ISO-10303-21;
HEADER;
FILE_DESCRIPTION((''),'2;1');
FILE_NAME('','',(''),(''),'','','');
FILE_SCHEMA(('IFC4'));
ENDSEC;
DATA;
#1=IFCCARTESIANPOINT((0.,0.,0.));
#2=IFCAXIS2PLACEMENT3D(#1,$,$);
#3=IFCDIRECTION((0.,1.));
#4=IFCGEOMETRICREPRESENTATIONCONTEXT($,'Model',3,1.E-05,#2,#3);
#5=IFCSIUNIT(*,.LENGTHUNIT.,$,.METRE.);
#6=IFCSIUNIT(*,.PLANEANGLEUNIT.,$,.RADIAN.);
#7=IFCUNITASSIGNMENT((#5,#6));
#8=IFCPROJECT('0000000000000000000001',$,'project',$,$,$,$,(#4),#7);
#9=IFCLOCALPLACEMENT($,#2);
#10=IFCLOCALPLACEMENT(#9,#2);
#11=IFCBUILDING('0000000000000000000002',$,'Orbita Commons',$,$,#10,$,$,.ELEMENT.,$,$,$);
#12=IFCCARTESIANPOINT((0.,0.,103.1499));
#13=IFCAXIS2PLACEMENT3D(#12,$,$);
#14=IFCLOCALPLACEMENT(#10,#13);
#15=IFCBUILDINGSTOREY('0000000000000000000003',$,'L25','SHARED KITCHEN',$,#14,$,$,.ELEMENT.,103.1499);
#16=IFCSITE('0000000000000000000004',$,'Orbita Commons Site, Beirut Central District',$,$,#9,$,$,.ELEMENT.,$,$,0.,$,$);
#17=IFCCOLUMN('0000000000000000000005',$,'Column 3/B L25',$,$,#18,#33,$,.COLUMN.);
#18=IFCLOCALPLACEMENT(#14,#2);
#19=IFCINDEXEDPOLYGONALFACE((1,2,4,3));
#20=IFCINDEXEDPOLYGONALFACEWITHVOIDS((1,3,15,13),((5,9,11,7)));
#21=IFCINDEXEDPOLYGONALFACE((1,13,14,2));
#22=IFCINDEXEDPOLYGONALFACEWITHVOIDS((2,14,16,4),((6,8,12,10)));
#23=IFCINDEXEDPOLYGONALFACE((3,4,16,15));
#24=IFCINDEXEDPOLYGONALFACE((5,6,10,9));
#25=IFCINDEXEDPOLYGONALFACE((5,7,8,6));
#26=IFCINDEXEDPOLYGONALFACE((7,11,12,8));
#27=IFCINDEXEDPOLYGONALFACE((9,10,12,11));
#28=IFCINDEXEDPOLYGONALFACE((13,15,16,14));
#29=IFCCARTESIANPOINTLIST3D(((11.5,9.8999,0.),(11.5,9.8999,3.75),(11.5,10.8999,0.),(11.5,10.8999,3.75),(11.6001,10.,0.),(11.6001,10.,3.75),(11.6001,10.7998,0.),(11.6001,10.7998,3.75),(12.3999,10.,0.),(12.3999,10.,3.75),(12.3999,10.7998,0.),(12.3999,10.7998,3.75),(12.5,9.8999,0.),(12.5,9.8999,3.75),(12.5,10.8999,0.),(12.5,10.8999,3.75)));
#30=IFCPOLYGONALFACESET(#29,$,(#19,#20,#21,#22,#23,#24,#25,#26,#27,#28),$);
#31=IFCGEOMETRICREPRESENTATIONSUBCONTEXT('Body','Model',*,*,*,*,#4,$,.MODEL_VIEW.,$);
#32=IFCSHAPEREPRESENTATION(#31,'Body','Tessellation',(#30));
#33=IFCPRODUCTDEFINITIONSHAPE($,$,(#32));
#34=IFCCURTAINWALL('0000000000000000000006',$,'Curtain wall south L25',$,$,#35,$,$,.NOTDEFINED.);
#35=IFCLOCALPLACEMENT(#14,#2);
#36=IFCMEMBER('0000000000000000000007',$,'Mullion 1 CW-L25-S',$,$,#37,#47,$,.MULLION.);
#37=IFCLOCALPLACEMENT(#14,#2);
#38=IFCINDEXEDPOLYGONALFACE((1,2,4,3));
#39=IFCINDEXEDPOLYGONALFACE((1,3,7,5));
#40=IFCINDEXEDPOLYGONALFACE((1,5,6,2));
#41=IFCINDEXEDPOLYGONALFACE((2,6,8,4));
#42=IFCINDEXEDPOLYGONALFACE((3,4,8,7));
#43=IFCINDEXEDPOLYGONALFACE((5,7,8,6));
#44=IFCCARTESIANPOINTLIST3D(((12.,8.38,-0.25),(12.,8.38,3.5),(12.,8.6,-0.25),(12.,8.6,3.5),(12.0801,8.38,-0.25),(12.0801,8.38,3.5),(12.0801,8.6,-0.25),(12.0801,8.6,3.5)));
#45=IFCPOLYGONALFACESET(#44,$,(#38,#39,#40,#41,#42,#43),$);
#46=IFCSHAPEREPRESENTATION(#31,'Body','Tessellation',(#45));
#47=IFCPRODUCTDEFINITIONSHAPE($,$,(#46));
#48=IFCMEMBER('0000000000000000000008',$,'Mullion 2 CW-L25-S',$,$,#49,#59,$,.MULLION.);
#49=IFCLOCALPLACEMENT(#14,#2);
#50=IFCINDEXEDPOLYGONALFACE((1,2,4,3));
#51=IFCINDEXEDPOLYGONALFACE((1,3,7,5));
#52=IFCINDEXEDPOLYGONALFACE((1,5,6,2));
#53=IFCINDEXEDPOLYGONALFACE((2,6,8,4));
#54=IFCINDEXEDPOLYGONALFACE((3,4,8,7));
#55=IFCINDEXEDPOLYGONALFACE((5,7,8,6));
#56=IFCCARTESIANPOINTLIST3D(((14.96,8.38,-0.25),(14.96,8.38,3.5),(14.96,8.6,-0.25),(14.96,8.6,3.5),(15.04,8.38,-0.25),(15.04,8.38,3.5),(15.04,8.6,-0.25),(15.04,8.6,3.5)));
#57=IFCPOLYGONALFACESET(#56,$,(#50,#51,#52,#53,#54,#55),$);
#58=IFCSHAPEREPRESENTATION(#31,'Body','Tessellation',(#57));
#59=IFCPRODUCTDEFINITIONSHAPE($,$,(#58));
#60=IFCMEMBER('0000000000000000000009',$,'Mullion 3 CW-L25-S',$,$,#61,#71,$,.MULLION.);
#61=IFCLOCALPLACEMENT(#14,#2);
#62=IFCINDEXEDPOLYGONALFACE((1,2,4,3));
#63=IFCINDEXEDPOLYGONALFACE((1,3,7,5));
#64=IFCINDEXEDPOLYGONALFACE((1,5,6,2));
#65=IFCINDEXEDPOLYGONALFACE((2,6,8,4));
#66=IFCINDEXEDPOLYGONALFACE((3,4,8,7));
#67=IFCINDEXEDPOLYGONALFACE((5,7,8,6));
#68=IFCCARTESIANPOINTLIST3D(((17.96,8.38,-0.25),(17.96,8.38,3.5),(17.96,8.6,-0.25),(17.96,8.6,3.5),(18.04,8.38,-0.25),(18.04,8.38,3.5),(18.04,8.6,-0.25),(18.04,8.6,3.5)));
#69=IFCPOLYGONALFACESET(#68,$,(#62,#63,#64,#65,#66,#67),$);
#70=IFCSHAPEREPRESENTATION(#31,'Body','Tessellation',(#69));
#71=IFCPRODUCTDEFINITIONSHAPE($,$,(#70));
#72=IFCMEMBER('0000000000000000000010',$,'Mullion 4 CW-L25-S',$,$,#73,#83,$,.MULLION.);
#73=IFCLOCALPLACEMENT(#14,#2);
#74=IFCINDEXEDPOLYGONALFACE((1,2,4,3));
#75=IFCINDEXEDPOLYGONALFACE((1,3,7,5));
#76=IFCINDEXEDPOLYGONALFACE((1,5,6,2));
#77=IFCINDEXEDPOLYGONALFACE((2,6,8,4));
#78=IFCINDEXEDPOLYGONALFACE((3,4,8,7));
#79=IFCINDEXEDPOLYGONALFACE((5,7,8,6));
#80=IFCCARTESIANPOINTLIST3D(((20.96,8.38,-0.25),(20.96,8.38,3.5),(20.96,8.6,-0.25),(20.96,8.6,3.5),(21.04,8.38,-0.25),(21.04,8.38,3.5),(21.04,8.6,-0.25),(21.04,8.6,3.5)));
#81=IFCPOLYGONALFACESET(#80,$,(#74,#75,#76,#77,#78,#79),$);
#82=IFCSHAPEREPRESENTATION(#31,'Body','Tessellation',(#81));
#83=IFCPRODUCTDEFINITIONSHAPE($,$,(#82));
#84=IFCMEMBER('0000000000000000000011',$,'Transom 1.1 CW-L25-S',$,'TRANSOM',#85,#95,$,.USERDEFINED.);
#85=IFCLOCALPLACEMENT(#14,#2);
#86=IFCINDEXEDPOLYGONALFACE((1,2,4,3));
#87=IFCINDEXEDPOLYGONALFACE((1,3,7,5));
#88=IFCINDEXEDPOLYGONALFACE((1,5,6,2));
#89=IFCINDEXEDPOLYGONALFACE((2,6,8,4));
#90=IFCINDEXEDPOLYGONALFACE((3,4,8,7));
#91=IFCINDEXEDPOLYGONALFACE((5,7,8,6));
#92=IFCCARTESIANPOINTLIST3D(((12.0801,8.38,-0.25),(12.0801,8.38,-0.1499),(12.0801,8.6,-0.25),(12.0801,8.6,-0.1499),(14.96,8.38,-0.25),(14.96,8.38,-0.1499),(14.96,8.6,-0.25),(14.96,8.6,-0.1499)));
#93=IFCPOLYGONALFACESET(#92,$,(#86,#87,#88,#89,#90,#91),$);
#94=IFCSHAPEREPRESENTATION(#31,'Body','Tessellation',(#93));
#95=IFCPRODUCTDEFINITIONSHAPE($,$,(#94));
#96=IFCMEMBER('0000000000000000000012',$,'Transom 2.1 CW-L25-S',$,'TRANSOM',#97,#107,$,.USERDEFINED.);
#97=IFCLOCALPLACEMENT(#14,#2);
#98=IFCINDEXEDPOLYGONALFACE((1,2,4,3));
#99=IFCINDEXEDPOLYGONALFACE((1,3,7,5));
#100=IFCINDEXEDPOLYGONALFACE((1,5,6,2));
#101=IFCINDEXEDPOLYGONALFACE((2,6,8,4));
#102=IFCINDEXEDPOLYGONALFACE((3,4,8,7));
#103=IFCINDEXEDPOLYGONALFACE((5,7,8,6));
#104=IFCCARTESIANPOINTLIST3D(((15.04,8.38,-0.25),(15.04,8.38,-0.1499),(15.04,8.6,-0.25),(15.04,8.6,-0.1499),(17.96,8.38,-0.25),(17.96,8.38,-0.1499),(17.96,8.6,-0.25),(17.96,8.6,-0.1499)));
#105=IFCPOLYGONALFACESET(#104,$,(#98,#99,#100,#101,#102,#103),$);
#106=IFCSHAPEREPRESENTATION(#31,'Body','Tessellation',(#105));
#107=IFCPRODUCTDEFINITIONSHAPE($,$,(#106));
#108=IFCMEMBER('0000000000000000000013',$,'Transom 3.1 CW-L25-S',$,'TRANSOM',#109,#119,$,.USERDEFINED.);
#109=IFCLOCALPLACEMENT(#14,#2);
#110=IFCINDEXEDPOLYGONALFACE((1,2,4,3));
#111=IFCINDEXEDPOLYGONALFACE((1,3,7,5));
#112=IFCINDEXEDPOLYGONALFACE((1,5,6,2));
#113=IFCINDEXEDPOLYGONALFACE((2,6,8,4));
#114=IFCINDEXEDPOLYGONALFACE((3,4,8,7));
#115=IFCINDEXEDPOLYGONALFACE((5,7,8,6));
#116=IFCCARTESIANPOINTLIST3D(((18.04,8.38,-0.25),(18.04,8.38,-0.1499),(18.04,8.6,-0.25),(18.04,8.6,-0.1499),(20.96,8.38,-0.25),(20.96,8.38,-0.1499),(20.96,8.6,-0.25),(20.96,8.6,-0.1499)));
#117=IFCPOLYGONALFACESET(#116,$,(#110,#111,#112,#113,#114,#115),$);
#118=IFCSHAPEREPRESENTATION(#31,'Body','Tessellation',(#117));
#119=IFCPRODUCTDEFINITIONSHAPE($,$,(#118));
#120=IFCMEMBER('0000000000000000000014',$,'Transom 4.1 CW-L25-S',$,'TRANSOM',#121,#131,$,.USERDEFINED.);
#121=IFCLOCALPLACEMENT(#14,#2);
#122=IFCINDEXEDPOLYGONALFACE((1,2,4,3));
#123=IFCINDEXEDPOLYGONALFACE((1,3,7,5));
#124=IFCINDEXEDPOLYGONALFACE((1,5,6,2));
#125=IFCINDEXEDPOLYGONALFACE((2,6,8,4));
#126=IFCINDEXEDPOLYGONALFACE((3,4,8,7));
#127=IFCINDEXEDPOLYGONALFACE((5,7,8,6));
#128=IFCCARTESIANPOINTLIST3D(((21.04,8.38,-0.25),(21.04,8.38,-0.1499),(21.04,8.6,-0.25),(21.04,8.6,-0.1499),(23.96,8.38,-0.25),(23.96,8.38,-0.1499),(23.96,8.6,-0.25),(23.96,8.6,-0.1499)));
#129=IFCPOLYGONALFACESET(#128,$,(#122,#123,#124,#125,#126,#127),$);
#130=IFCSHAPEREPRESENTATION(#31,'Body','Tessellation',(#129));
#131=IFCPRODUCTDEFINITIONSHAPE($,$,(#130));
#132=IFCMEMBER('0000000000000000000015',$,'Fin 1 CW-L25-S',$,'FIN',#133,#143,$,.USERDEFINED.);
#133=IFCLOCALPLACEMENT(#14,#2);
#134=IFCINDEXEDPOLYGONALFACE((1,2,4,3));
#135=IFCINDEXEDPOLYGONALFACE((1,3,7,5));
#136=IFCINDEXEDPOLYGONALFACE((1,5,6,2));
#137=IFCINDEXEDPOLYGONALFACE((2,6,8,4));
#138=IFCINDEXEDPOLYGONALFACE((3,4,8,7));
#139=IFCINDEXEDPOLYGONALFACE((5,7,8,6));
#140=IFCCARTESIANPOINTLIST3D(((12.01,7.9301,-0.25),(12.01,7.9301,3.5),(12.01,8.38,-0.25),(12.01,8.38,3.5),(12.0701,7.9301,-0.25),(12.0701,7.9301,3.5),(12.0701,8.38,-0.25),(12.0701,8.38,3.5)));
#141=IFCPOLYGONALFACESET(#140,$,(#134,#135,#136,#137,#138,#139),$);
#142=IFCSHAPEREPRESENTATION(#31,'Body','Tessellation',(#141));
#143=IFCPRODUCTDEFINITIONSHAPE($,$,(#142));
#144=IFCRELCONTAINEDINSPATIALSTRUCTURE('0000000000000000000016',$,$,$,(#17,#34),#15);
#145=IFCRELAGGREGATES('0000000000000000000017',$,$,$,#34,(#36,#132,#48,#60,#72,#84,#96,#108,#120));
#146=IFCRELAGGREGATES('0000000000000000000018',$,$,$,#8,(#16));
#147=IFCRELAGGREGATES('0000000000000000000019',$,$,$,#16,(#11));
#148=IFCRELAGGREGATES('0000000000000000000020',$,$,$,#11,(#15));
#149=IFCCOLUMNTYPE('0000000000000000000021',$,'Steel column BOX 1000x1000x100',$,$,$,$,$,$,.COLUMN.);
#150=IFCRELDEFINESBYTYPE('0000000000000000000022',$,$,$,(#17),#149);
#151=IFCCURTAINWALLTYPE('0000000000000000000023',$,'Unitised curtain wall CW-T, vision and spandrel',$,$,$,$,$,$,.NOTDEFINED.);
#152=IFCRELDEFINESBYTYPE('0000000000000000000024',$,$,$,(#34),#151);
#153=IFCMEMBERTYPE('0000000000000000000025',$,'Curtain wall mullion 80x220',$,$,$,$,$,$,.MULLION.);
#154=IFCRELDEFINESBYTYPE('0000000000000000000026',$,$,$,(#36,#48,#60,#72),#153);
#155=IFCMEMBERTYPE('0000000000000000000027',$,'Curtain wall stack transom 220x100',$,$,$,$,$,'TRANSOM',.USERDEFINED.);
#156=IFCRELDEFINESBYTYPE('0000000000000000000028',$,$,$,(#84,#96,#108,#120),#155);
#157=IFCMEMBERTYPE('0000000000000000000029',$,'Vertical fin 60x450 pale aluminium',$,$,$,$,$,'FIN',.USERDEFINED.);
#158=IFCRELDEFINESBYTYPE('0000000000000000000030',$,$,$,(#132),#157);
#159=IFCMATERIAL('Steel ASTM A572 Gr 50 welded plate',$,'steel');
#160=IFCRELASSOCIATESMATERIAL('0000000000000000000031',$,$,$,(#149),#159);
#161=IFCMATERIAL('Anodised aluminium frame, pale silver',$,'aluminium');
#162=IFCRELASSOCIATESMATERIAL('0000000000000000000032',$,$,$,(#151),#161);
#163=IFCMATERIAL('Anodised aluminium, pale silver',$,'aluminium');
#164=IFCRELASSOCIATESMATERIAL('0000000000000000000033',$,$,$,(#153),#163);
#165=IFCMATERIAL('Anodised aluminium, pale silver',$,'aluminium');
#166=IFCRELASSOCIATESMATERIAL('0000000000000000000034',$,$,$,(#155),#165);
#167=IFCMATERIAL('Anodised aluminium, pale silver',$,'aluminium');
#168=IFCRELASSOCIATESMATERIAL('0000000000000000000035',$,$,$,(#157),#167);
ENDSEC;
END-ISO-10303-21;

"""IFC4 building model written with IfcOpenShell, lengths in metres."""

from ifc_helpers import new_model, si_unit, direction, frame, origin, origin_2d, place, context, subcontext, project, spatial, rectangle, hollow_rectangle, extrude, material, material_profile, profile_set, type_object, element, aggregate, save


model = new_model("IFC4")

# Units and contexts
model_context = context("Model", 3, precision=1e-05, world=origin(), true_north=direction((0.0, 1.0)))
body_context = subcontext(model_context, "Body", "Model", "MODEL_VIEW")
ifc_project = project(units=[si_unit("LENGTHUNIT", "METRE"), si_unit("PLANEANGLEUNIT", "RADIAN")], contexts=[model_context])

# Site, building, storey
site_placement = place(None, origin())
site = spatial("IfcSite", under=ifc_project, at=site_placement, Name="Orbita Commons Site, Beirut Central District", CompositionType="ELEMENT", RefElevation=0.0)
building_placement = place(site_placement, origin())
building = spatial("IfcBuilding", under=site, at=building_placement, Name="Orbita Commons", CompositionType="ELEMENT")
storey_placement = place(building_placement, frame((0.0, 0.0, 103.1499)))
storey = spatial("IfcBuildingStorey", under=building, at=storey_placement, Name="L25", Description="SHARED KITCHEN", CompositionType="ELEMENT", Elevation=103.1499)

# Column
ifc_material_1 = material(Name="Steel ASTM A572 Gr 50 welded plate", Category="steel")
ifc_material_profile_1 = material_profile(ifc_material_1, hollow_rectangle(XDim=1.0, YDim=1.0, WallThickness=0.1001, at=origin_2d()), Name="BOX 1000x1000x100")
ifc_profile_set_1 = profile_set([ifc_material_profile_1], Name="Steel ASTM A572 Gr 50 welded plate")
column_type = type_object("IfcColumnType", Name="Steel column BOX 1000x1000x100", PredefinedType="COLUMN", material=ifc_profile_set_1)
column_placement = place(storey_placement, frame((12.0, 10.3999, 0.0), z_axis=(0.0, 0.0, 1.0), x_axis=(1.0, 0.0, 0.0)))
element("IfcColumn", 1, at=column_placement, inside=storey, type_object=column_type, Name="Column 3/B L25", PredefinedType="COLUMN", context=body_context, shape_type="SweptSolid", body=[
    extrude(hollow_rectangle(XDim=1.0, YDim=1.0, WallThickness=0.1001, at=origin_2d()), origin(), (0.0, 0.0, 1.0), 3.75),
])

# Curtain wall, members
ifc_material_2 = material(Name="Anodised aluminium frame, pale silver", Category="aluminium")
curtain_wall_type = type_object("IfcCurtainWallType", Name="Unitised curtain wall CW-T, vision and spandrel", PredefinedType="NOTDEFINED", material=ifc_material_2)
curtain_wall_placement = place(storey_placement, origin())
curtain_wall = element("IfcCurtainWall", 2, at=curtain_wall_placement, inside=storey, type_object=curtain_wall_type, Name="Curtain wall south L25", PredefinedType="NOTDEFINED")
ifc_material_3 = material(Name="Anodised aluminium, pale silver", Category="aluminium")
ifc_material_profile_2 = material_profile(ifc_material_3, rectangle(XDim=0.0801, YDim=0.22, at=origin_2d()), Name="AL 80x220")
ifc_profile_set_2 = profile_set([ifc_material_profile_2], Name="Anodised aluminium, pale silver")
member_type_1 = type_object("IfcMemberType", Name="Curtain wall mullion 80x220", PredefinedType="MULLION", material=ifc_profile_set_2)
member_1_placement = place(storey_placement, frame((12.04, 8.49, -0.25), z_axis=(0.0, 0.0, 1.0), x_axis=(1.0, 0.0, 0.0)))
member_1 = element("IfcMember", 3, at=member_1_placement, type_object=member_type_1, Name="Mullion 1 CW-L25-S", PredefinedType="MULLION", context=body_context, shape_type="SweptSolid", body=[
    extrude(rectangle(XDim=0.0801, YDim=0.22, at=origin_2d()), origin(), (0.0, 0.0, 1.0), 3.75),
])
member_2_placement = place(storey_placement, frame((15.0, 8.49, -0.25), z_axis=(0.0, 0.0, 1.0), x_axis=(1.0, 0.0, 0.0)))
member_2 = element("IfcMember", 4, at=member_2_placement, type_object=member_type_1, Name="Mullion 2 CW-L25-S", PredefinedType="MULLION", context=body_context, shape_type="SweptSolid", body=[
    extrude(rectangle(XDim=0.0801, YDim=0.22, at=origin_2d()), origin(), (0.0, 0.0, 1.0), 3.75),
])
member_3_placement = place(storey_placement, frame((18.0, 8.49, -0.25), z_axis=(0.0, 0.0, 1.0), x_axis=(1.0, 0.0, 0.0)))
member_3 = element("IfcMember", 5, at=member_3_placement, type_object=member_type_1, Name="Mullion 3 CW-L25-S", PredefinedType="MULLION", context=body_context, shape_type="SweptSolid", body=[
    extrude(rectangle(XDim=0.0801, YDim=0.22, at=origin_2d()), origin(), (0.0, 0.0, 1.0), 3.75),
])
member_4_placement = place(storey_placement, frame((21.0, 8.49, -0.25), z_axis=(0.0, 0.0, 1.0), x_axis=(1.0, 0.0, 0.0)))
member_4 = element("IfcMember", 6, at=member_4_placement, type_object=member_type_1, Name="Mullion 4 CW-L25-S", PredefinedType="MULLION", context=body_context, shape_type="SweptSolid", body=[
    extrude(rectangle(XDim=0.0801, YDim=0.22, at=origin_2d()), origin(), (0.0, 0.0, 1.0), 3.75),
])
ifc_material_4 = material(Name="Anodised aluminium, pale silver", Category="aluminium")
ifc_material_profile_3 = material_profile(ifc_material_4, rectangle(XDim=0.22, YDim=0.1001, at=origin_2d()), Name="AL 220x100")
ifc_profile_set_3 = profile_set([ifc_material_profile_3], Name="Anodised aluminium, pale silver")
member_type_2 = type_object("IfcMemberType", Name="Curtain wall stack transom 220x100", ElementType="TRANSOM", PredefinedType="USERDEFINED", material=ifc_profile_set_3)
member_5_placement = place(storey_placement, frame((12.0801, 8.49, -0.2), z_axis=(1.0, 0.0, 0.0), x_axis=(0.0, 1.0, 0.0)))
member_5 = element("IfcMember", 7, at=member_5_placement, type_object=member_type_2, Name="Transom 1.1 CW-L25-S", ObjectType="TRANSOM", PredefinedType="USERDEFINED", context=body_context, shape_type="SweptSolid", body=[
    extrude(rectangle(XDim=0.22, YDim=0.1001, at=origin_2d()), origin(), (0.0, 0.0, 1.0), 2.8799),
])
member_6_placement = place(storey_placement, frame((15.04, 8.49, -0.2), z_axis=(1.0, 0.0, 0.0), x_axis=(0.0, 1.0, 0.0)))
member_6 = element("IfcMember", 8, at=member_6_placement, type_object=member_type_2, Name="Transom 2.1 CW-L25-S", ObjectType="TRANSOM", PredefinedType="USERDEFINED", context=body_context, shape_type="SweptSolid", body=[
    extrude(rectangle(XDim=0.22, YDim=0.1001, at=origin_2d()), origin(), (0.0, 0.0, 1.0), 2.9199),
])
member_7_placement = place(storey_placement, frame((18.04, 8.49, -0.2), z_axis=(1.0, 0.0, 0.0), x_axis=(0.0, 1.0, 0.0)))
member_7 = element("IfcMember", 9, at=member_7_placement, type_object=member_type_2, Name="Transom 3.1 CW-L25-S", ObjectType="TRANSOM", PredefinedType="USERDEFINED", context=body_context, shape_type="SweptSolid", body=[
    extrude(rectangle(XDim=0.22, YDim=0.1001, at=origin_2d()), origin(), (0.0, 0.0, 1.0), 2.9199),
])
member_8_placement = place(storey_placement, frame((21.04, 8.49, -0.2), z_axis=(1.0, 0.0, 0.0), x_axis=(0.0, 1.0, 0.0)))
member_8 = element("IfcMember", 10, at=member_8_placement, type_object=member_type_2, Name="Transom 4.1 CW-L25-S", ObjectType="TRANSOM", PredefinedType="USERDEFINED", context=body_context, shape_type="SweptSolid", body=[
    extrude(rectangle(XDim=0.22, YDim=0.1001, at=origin_2d()), origin(), (0.0, 0.0, 1.0), 2.9199),
])
ifc_material_5 = material(Name="Anodised aluminium, pale silver", Category="aluminium")
ifc_material_profile_4 = material_profile(ifc_material_5, rectangle(XDim=0.0601, YDim=0.45, at=origin_2d()), Name="FIN 60x450")
ifc_profile_set_4 = profile_set([ifc_material_profile_4], Name="Anodised aluminium, pale silver")
member_type_3 = type_object("IfcMemberType", Name="Vertical fin 60x450 pale aluminium", ElementType="FIN", PredefinedType="USERDEFINED", material=ifc_profile_set_4)
member_9_placement = place(storey_placement, frame((12.04, 8.155, -0.25), z_axis=(0.0, 0.0, 1.0), x_axis=(1.0, 0.0, 0.0)))
member_9 = element("IfcMember", 11, at=member_9_placement, type_object=member_type_3, Name="Fin 1 CW-L25-S", ObjectType="FIN", PredefinedType="USERDEFINED", context=body_context, shape_type="SweptSolid", body=[
    extrude(rectangle(XDim=0.0601, YDim=0.45, at=origin_2d()), origin(), (0.0, 0.0, 1.0), 3.75),
])

aggregate(curtain_wall, [member_1, member_9, member_2, member_3, member_4, member_5, member_6, member_7, member_8])

save(model, "model.ifc")
